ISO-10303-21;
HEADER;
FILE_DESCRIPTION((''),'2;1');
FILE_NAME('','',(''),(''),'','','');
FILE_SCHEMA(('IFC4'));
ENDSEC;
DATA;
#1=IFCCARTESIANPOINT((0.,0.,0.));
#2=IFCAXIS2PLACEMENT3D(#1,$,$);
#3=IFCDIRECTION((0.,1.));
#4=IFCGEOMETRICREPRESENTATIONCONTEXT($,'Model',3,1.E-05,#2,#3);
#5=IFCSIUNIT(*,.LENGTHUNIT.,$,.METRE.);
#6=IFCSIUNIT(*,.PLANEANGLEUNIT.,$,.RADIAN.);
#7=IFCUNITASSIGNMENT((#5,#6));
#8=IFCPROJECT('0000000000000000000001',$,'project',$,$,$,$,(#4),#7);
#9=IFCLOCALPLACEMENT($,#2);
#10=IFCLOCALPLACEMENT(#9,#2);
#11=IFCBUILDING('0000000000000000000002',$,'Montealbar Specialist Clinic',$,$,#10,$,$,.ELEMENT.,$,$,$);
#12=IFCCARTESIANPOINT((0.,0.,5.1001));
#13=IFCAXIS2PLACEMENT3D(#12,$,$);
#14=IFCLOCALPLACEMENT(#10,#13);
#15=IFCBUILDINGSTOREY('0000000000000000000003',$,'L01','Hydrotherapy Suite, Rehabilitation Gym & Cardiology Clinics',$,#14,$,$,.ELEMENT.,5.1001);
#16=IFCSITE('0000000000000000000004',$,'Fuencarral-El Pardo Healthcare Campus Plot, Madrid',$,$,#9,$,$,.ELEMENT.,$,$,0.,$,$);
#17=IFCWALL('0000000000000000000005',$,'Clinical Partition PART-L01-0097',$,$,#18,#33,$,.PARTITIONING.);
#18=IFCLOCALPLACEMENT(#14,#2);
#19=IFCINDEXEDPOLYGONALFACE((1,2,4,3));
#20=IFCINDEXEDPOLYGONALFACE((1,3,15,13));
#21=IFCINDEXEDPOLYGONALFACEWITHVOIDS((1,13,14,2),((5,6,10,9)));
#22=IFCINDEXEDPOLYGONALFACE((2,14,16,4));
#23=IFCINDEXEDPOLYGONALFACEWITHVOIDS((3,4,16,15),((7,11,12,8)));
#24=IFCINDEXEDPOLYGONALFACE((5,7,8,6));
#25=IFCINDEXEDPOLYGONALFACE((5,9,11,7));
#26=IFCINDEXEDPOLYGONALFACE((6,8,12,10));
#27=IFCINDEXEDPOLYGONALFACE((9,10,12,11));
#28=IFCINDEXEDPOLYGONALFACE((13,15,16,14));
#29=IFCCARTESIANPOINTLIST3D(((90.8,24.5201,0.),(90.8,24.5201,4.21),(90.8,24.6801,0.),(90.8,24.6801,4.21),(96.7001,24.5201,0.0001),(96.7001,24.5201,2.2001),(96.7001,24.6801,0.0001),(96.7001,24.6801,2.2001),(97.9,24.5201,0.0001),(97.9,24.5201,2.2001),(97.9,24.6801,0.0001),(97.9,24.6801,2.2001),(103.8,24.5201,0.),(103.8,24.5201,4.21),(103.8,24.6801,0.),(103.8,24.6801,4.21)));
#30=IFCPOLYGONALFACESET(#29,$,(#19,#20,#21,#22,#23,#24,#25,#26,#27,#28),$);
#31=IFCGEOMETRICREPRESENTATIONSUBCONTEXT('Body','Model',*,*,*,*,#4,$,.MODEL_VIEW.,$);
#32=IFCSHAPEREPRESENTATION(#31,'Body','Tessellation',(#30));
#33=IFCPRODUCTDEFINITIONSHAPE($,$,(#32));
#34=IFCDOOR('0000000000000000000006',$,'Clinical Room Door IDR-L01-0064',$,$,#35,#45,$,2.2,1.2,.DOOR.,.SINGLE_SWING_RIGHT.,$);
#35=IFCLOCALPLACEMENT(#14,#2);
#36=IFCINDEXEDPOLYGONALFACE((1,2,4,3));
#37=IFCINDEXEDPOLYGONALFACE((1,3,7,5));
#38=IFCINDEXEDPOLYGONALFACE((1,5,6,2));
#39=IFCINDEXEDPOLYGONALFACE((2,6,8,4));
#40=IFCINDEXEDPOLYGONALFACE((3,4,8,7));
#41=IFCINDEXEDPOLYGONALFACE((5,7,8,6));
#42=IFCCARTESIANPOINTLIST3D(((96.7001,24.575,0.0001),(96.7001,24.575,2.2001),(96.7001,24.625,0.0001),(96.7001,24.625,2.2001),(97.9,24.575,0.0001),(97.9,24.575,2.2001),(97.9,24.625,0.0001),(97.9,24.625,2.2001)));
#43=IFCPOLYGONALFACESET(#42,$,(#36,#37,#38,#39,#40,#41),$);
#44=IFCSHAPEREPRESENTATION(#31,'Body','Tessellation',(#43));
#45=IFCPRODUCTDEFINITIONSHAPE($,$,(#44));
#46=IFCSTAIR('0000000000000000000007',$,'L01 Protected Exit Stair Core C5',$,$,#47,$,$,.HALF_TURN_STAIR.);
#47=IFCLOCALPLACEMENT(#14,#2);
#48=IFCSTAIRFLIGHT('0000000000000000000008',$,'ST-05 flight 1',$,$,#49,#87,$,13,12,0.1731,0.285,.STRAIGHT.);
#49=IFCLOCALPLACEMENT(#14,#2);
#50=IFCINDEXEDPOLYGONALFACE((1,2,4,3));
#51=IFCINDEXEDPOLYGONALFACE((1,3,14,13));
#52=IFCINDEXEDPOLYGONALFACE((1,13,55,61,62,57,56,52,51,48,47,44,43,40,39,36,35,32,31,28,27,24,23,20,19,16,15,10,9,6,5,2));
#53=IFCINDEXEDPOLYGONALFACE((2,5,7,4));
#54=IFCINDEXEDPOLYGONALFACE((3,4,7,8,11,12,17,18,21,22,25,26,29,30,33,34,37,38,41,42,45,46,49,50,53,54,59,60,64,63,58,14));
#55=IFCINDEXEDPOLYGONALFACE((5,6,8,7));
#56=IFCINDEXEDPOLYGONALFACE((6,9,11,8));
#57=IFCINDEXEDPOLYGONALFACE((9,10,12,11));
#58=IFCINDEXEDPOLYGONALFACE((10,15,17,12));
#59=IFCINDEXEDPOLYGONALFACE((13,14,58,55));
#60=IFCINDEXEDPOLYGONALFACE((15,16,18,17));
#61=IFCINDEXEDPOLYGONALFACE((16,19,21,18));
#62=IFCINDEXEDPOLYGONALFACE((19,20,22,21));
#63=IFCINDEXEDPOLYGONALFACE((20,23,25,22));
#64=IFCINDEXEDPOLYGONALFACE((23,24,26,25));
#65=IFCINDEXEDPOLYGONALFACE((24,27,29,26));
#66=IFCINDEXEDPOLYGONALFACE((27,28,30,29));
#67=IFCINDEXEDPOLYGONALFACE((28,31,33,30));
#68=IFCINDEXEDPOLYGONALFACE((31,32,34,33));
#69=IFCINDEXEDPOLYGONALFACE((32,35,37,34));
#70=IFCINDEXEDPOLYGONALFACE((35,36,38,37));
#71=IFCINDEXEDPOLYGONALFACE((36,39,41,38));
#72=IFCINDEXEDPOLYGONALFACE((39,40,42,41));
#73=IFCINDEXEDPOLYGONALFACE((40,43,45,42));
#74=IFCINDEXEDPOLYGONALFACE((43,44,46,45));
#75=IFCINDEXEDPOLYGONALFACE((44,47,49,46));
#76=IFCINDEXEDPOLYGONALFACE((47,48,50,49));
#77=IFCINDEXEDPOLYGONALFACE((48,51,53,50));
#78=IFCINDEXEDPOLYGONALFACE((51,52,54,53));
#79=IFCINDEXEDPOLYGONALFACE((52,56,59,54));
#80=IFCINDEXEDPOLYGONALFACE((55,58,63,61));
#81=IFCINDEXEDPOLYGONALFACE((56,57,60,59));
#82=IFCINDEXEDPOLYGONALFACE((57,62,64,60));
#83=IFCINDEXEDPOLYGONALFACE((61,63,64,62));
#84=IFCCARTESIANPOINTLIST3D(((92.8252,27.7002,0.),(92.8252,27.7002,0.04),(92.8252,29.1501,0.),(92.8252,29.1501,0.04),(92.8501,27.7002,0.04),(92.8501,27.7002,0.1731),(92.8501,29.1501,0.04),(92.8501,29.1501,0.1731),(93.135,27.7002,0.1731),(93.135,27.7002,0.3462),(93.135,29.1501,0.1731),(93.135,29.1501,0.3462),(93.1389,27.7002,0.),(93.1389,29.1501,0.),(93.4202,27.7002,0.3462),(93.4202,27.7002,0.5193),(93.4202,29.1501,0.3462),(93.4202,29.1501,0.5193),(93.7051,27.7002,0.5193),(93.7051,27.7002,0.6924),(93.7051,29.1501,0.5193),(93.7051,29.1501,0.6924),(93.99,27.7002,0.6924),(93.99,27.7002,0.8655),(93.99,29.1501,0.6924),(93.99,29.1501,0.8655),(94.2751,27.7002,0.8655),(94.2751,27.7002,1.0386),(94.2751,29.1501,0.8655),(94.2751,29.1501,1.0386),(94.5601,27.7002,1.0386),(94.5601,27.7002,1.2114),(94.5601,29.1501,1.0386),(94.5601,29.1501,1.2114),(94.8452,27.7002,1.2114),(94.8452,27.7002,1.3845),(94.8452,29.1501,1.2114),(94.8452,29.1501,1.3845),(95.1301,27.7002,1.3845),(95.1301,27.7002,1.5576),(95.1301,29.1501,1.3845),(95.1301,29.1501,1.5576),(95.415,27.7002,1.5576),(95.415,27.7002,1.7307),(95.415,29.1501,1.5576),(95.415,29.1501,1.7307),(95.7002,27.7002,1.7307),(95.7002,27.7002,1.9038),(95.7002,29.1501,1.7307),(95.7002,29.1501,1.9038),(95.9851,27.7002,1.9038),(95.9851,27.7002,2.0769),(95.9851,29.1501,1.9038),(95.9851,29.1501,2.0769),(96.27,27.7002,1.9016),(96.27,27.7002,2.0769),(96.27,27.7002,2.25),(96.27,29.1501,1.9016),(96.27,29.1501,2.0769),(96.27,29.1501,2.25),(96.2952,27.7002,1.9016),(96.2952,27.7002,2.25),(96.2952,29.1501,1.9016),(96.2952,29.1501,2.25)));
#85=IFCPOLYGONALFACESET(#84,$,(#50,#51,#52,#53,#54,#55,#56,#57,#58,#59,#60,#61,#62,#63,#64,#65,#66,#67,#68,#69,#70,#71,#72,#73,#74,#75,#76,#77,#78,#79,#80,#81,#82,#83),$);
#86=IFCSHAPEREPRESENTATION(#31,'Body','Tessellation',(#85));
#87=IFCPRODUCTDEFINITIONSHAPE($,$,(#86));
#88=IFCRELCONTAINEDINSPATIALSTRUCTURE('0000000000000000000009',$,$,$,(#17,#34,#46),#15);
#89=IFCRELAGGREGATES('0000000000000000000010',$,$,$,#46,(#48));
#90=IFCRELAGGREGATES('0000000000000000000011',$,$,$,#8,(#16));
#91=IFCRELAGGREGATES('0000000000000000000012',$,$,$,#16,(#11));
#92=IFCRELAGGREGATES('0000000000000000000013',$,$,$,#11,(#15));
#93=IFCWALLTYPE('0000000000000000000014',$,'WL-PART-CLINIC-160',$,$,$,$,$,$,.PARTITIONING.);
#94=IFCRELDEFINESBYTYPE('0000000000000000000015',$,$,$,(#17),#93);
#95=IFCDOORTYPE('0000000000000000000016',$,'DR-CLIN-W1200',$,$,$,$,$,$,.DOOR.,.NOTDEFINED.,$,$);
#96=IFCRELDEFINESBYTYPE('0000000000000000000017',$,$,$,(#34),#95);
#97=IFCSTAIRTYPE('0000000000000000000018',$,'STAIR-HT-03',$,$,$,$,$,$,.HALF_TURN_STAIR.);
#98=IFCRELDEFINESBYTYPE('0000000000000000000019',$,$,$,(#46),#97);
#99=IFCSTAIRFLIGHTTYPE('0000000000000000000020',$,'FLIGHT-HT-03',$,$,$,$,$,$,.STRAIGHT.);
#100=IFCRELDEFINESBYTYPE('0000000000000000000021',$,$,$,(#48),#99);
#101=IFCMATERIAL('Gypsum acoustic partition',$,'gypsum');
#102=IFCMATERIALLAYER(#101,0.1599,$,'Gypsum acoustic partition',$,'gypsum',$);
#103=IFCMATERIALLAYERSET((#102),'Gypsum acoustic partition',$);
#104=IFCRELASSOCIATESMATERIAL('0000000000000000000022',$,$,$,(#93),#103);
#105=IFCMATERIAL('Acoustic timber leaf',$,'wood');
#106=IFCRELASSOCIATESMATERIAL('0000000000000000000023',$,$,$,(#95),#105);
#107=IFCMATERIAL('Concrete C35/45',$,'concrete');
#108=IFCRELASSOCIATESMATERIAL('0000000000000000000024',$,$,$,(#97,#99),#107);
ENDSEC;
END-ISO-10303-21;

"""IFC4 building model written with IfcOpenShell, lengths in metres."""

from ifc_helpers import new_model, si_unit, direction, frame, frame_2d, origin, place, context, subcontext, project, spatial, polyline, rectangle, outline, extrude, material, layer, layer_set, type_object, element, fill, aggregate, save


model = new_model("IFC4")

# Units and contexts
model_context = context("Model", 3, precision=1e-05, world=origin(), true_north=direction((0.0, 1.0)))
body_context = subcontext(model_context, "Body", "Model", "MODEL_VIEW")
ifc_project = project(units=[si_unit("LENGTHUNIT", "METRE"), si_unit("PLANEANGLEUNIT", "RADIAN")], contexts=[model_context])

# Site, building, storey
site_placement = place(None, origin())
site = spatial("IfcSite", under=ifc_project, at=site_placement, Name="Fuencarral-El Pardo Healthcare Campus Plot, Madrid", CompositionType="ELEMENT", RefElevation=0.0)
building_placement = place(site_placement, origin())
building = spatial("IfcBuilding", under=site, at=building_placement, Name="Montealbar Specialist Clinic", CompositionType="ELEMENT")
storey_placement = place(building_placement, frame((0.0, 0.0, 5.1001)))
storey = spatial("IfcBuildingStorey", under=building, at=storey_placement, Name="L01", Description="Hydrotherapy Suite, Rehabilitation Gym & Cardiology Clinics", CompositionType="ELEMENT", Elevation=5.1001)

# Shared definitions
ifc_material_1 = material(Name="Concrete C35/45", Category="concrete")

# Wall, opening, door
ifc_material_2 = material(Name="Gypsum acoustic partition", Category="gypsum")
ifc_layer_1 = layer(ifc_material_2, 0.1599, Name="Gypsum acoustic partition", Category="gypsum")
ifc_layer_set_1 = layer_set([ifc_layer_1], Name="Gypsum acoustic partition")
wall_type_1 = type_object("IfcWallType", Name="WL-PART-CLINIC-160", PredefinedType="PARTITIONING", material=ifc_layer_set_1)
wall_1_placement = place(storey_placement, frame((90.8, 24.6001, 0.0), z_axis=(0.0, 0.0, 1.0), x_axis=(1.0, 0.0, 0.0)))
wall_1 = element("IfcWall", 1, at=wall_1_placement, inside=storey, type_object=wall_type_1, Name="Clinical Partition PART-L01-0097", PredefinedType="PARTITIONING", context=body_context, shape_type="SweptSolid", body=[
    extrude(rectangle(XDim=13.0, YDim=0.1599, at=frame_2d((6.5, 0.0))), origin(), (0.0, 0.0, 1.0), 4.21),
])
opening_1_placement = place(wall_1_placement, frame((5.8999, 0.0, 0.0)))
opening_1 = element("IfcOpeningElement", 2, at=opening_1_placement, cuts=wall_1, PredefinedType="OPENING", context=body_context, shape_type="SweptSolid", body=[
    extrude(rectangle(XDim=1.2, YDim=2.2, at=frame_2d((0.6001, 1.1001))), frame((0.0, 0.0898, 0.0), z_axis=(0.0, -1.0, 0.0), x_axis=(1.0, 0.0, 0.0)), (0.0, 0.0, 1.0), 0.1799),
])
ifc_material_3 = material(Name="Acoustic timber leaf", Category="wood")
door_type_1 = type_object("IfcDoorType", Name="DR-CLIN-W1200", OperationType="NOTDEFINED", PredefinedType="DOOR", material=ifc_material_3)
door_1_placement = place(opening_1_placement, origin())
door_1 = element("IfcDoor", 3, at=door_1_placement, inside=storey, type_object=door_type_1, Name="Clinical Room Door IDR-L01-0064", OperationType="SINGLE_SWING_RIGHT", OverallHeight=2.2, OverallWidth=1.2, PredefinedType="DOOR", context=body_context, shape_type="SweptSolid", body=[
    extrude(rectangle(XDim=1.2, YDim=2.2, at=frame_2d((0.6001, 1.1001))), frame((0.0, 0.0249, 0.0), z_axis=(0.0, -1.0, 0.0), x_axis=(1.0, 0.0, 0.0)), (0.0, 0.0, 1.0), 0.05),
])
fill(opening_1, door_1)

# Stair, stair flight
stair_type = type_object("IfcStairType", Name="STAIR-HT-03", PredefinedType="HALF_TURN_STAIR", material=ifc_material_1)
stair_placement = place(storey_placement, origin())
stair = element("IfcStair", 4, at=stair_placement, inside=storey, type_object=stair_type, Name="L01 Protected Exit Stair Core C5", PredefinedType="HALF_TURN_STAIR")
stair_flight_type = type_object("IfcStairFlightType", Name="FLIGHT-HT-03", PredefinedType="STRAIGHT", material=ifc_material_1)
stair_flight_placement = place(storey_placement, frame((92.8501, 28.425, 0.0), z_axis=(0.0, 0.0, 1.0), x_axis=(1.0, 0.0, 0.0)))
stair_flight = element("IfcStairFlight", 5, at=stair_flight_placement, type_object=stair_flight_type, Name="ST-05 flight 1", NumberOfRisers=13, NumberOfTreads=12, PredefinedType="STRAIGHT", RiserHeight=0.1731, TreadLength=0.285, context=body_context, shape_type="SweptSolid", body=[
    extrude(outline(polyline([(-0.0249, 0.0), (-0.0249, 0.04), (0.0, 0.04), (0.0, 0.1731), (0.2849, 0.1731), (0.2849, 0.3462), (0.5701, 0.3462), (0.5701, 0.5193), (0.855, 0.5193), (0.855, 0.6924), (1.1399, 0.6924), (1.1399, 0.8655), (1.425, 0.8655), (1.425, 1.0386), (1.71, 1.0386), (1.71, 1.2114), (1.9951, 1.2114), (1.9951, 1.3845), (2.28, 1.3845), (2.28, 1.5576), (2.5649, 1.5576), (2.5649, 1.7307), (2.8501, 1.7307), (2.8501, 1.9038), (3.135, 1.9038), (3.135, 2.0769), (3.4199, 2.0769), (3.4199, 2.25), (3.4451, 2.25), (3.4451, 1.9016), (3.4199, 1.9016), (0.2888, 0.0), (-0.0249, 0.0)])), frame((0.0, 0.7251, 0.0), z_axis=(0.0, -1.0, 0.0), x_axis=(1.0, 0.0, 0.0)), (0.0, 0.0, 1.0), 1.45),
])
aggregate(stair, [stair_flight])

save(model, "model.ifc")
